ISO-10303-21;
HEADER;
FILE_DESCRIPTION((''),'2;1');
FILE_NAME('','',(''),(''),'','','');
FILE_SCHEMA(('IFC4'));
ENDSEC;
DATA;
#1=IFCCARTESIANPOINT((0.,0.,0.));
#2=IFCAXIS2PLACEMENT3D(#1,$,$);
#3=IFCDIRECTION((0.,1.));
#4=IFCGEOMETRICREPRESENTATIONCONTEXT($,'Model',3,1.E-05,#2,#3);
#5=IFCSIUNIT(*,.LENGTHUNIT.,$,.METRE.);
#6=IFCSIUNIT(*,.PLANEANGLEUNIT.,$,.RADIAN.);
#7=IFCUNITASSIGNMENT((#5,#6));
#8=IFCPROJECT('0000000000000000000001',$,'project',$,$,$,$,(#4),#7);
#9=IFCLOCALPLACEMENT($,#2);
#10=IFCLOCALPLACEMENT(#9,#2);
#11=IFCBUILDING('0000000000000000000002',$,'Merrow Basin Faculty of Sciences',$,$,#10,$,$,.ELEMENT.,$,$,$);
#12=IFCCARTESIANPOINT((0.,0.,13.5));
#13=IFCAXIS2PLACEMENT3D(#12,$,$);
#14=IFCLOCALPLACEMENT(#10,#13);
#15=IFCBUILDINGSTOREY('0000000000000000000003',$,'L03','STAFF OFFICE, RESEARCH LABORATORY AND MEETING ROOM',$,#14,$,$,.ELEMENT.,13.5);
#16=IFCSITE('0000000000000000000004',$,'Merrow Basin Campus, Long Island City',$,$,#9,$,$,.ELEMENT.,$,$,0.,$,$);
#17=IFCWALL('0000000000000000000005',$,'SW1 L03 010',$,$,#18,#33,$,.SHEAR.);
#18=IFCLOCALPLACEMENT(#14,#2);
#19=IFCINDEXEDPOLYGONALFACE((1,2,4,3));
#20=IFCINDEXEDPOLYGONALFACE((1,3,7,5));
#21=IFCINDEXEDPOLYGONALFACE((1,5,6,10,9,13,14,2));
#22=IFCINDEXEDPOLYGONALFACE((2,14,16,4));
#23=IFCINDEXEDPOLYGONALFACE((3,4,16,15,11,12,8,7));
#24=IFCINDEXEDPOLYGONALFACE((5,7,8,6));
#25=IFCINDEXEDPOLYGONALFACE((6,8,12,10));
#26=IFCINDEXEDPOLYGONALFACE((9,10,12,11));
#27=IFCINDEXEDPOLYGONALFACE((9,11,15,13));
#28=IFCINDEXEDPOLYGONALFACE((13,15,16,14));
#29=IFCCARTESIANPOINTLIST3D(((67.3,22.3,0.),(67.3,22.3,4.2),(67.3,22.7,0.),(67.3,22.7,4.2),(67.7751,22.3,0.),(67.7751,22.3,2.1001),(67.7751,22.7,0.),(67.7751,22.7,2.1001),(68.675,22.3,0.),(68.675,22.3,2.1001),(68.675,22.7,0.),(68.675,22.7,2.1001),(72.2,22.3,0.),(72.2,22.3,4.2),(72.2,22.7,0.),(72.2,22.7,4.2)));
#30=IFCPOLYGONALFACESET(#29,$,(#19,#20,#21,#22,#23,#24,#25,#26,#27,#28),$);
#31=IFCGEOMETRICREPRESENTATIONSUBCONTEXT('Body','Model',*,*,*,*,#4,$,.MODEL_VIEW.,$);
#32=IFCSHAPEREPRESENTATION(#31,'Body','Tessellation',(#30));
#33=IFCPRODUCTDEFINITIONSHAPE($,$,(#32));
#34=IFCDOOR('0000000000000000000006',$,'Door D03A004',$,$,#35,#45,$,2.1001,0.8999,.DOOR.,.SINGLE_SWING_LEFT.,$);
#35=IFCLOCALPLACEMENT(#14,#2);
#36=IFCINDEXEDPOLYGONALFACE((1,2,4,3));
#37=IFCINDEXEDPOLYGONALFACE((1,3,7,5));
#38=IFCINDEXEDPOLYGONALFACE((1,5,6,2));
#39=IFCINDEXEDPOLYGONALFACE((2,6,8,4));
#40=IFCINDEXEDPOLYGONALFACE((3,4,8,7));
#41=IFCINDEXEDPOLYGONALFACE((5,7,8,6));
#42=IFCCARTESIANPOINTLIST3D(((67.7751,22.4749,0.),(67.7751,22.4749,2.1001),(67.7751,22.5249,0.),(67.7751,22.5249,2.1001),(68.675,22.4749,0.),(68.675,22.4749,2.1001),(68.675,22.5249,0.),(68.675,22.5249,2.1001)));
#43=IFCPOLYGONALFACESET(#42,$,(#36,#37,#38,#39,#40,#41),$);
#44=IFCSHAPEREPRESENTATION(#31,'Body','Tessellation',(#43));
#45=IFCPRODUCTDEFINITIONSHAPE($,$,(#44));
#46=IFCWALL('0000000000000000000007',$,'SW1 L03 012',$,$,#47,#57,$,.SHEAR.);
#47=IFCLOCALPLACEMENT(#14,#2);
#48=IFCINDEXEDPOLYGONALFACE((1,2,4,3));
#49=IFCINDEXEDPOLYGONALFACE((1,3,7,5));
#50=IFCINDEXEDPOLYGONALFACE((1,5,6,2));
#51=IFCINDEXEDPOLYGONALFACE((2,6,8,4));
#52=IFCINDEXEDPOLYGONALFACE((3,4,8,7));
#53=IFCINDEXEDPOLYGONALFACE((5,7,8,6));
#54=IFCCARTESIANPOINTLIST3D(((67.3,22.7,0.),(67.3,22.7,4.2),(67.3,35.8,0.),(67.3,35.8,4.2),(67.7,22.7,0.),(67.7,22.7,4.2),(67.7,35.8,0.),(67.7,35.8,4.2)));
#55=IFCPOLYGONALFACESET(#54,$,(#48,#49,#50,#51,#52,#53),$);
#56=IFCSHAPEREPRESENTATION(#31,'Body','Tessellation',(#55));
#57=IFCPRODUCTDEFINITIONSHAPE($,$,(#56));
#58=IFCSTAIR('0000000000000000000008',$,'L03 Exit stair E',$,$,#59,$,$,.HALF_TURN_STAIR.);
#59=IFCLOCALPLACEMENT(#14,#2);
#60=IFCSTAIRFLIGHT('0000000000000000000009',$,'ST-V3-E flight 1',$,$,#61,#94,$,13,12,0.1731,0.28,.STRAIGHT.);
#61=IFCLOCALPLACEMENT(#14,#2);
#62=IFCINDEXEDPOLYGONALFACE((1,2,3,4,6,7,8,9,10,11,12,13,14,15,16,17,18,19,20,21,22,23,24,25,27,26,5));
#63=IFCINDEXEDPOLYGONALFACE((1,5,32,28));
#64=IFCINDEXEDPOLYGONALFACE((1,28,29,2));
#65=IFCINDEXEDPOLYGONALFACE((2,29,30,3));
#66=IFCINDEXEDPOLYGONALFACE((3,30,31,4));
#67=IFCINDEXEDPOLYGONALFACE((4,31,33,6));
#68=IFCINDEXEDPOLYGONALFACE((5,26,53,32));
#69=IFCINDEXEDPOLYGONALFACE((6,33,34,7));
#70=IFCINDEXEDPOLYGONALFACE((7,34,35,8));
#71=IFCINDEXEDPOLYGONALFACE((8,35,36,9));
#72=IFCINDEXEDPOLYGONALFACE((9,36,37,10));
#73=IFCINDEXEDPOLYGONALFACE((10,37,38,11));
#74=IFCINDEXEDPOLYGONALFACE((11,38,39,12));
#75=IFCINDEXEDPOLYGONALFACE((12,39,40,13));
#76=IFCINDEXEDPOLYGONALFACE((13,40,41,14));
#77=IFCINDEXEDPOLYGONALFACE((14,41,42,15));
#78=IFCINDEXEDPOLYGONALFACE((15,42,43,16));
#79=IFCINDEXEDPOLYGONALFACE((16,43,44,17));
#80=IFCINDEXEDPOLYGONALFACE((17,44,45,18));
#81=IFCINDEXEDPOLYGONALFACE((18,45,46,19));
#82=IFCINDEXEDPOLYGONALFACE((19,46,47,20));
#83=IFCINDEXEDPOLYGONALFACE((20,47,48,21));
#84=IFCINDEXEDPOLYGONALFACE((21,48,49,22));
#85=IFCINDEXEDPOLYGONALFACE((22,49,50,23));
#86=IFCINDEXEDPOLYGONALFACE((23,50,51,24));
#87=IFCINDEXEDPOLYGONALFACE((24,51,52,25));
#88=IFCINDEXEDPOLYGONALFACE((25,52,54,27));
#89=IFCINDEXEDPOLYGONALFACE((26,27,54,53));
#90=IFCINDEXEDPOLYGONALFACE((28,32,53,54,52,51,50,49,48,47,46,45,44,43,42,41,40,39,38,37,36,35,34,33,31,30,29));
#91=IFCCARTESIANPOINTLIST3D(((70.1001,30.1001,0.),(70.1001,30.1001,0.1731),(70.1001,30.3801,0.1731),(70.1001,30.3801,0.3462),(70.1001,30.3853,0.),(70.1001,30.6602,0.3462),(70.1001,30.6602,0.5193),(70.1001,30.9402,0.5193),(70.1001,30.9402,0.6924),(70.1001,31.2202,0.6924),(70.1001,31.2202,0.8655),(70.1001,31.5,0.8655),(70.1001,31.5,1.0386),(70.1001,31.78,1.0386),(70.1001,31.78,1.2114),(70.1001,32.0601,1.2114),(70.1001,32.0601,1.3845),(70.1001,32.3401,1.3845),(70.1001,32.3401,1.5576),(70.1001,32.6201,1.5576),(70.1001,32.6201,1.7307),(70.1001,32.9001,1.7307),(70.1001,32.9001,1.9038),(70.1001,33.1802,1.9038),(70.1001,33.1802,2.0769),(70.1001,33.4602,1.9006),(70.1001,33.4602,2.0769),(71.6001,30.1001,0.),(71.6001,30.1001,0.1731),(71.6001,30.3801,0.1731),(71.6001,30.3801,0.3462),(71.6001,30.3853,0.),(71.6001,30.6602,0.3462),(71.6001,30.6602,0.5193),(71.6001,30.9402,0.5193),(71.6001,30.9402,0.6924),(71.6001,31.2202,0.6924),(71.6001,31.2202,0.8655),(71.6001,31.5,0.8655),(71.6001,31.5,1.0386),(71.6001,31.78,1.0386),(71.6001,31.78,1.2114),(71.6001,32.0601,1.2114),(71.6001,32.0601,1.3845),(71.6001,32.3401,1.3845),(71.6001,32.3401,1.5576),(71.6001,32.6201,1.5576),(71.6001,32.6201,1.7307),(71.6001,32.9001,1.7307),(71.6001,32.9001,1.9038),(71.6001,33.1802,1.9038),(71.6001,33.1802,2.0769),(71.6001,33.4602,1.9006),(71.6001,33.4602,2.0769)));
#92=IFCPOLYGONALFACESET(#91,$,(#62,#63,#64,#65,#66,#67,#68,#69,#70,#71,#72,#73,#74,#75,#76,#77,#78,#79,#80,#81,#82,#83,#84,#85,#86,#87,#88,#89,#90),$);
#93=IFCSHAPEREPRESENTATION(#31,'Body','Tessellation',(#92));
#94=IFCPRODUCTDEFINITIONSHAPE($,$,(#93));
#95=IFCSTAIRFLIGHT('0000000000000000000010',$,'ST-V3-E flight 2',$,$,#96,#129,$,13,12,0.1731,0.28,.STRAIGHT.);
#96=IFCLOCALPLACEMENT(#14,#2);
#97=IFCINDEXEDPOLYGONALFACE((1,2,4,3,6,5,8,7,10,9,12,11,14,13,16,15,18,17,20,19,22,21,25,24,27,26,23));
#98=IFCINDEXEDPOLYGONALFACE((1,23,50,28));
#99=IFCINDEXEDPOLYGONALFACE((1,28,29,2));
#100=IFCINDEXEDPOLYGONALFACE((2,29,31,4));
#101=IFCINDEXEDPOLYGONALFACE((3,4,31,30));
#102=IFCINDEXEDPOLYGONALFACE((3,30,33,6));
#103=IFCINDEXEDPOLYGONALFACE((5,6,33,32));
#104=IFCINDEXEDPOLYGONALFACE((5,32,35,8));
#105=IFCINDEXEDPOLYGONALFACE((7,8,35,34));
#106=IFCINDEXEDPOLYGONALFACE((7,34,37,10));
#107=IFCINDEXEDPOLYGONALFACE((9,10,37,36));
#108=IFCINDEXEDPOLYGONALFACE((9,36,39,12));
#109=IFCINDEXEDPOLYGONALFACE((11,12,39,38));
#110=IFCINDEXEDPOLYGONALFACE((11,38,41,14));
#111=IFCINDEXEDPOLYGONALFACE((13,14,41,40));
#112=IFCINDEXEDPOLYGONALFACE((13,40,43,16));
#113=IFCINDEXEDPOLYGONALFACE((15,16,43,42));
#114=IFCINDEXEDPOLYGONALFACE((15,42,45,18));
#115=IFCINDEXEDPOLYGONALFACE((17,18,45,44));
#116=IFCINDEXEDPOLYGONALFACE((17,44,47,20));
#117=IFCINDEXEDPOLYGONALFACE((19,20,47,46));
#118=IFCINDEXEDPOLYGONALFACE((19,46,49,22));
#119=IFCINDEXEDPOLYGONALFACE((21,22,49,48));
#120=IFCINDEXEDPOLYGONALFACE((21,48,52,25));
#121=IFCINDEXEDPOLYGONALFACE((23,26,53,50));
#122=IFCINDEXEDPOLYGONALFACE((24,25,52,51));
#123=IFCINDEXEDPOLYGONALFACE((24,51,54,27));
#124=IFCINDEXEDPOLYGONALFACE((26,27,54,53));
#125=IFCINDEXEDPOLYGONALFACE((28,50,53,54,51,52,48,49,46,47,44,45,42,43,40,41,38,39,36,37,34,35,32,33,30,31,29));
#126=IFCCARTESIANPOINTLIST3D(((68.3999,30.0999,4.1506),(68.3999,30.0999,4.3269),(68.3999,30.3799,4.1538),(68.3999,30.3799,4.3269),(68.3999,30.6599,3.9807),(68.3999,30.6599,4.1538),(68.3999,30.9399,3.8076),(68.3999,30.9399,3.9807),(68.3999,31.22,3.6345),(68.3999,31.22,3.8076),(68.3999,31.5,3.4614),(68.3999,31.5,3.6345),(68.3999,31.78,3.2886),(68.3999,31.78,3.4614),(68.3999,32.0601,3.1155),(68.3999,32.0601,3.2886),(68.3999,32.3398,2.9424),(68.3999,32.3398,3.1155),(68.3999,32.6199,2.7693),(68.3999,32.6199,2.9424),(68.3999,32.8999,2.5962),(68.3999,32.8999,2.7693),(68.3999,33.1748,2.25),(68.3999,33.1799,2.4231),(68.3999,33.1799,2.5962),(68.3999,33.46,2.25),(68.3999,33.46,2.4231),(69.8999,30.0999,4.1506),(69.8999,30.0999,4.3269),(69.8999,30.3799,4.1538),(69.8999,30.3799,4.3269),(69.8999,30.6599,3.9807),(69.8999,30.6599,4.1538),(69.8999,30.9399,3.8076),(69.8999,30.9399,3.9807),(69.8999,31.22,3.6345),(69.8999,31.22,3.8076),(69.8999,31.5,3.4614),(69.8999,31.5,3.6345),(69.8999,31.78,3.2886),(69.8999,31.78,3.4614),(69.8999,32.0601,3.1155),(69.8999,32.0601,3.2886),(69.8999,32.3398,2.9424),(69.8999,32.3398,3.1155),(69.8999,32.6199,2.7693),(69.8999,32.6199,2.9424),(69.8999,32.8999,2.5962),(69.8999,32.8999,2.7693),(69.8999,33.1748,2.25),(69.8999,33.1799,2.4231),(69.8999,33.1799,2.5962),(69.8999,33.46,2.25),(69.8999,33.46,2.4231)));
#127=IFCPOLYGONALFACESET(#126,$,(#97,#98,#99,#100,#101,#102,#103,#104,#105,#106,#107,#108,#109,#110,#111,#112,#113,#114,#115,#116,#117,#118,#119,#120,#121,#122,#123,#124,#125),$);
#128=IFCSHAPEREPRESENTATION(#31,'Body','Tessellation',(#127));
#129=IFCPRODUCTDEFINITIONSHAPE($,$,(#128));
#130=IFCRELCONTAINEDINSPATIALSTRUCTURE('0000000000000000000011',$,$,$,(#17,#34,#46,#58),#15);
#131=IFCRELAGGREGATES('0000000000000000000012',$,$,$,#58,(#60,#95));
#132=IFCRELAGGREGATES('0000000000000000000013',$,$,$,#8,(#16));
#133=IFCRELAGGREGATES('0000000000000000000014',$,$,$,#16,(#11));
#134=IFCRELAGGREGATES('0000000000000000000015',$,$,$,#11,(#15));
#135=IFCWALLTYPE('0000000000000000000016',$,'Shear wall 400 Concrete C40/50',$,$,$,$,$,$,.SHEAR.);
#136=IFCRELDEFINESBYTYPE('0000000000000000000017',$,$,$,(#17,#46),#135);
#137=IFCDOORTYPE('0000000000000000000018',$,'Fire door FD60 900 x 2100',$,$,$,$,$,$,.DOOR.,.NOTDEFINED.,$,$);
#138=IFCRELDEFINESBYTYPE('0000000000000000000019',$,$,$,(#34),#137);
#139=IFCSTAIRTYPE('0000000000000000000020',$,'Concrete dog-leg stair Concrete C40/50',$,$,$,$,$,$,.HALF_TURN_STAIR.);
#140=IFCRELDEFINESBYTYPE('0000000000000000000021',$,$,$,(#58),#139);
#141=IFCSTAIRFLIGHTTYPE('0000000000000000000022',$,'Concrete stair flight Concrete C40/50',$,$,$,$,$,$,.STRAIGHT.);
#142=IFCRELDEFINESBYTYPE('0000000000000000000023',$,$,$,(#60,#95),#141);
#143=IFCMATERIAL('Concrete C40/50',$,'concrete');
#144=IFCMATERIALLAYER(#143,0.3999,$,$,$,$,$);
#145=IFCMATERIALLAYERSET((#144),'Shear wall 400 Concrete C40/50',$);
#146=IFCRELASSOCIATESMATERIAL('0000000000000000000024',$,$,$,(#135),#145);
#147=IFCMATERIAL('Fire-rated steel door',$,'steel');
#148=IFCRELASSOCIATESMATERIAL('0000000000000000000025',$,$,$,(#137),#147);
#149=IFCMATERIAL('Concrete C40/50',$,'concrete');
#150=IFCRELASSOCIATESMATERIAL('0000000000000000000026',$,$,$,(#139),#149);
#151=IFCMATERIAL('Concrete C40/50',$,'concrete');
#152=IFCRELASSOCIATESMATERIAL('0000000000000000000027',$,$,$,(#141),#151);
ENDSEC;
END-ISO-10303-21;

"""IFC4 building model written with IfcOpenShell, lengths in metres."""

from ifc_helpers import new_model, si_unit, direction, frame, frame_2d, origin, place, context, subcontext, project, spatial, polyline, rectangle, outline, extrude, material, layer, layer_set, type_object, element, fill, aggregate, save


model = new_model("IFC4")

# Units and contexts
model_context = context("Model", 3, precision=1e-05, world=origin(), true_north=direction((0.0, 1.0)))
body_context = subcontext(model_context, "Body", "Model", "MODEL_VIEW")
ifc_project = project(units=[si_unit("LENGTHUNIT", "METRE"), si_unit("PLANEANGLEUNIT", "RADIAN")], contexts=[model_context])

# Site, building, storey
site_placement = place(None, origin())
site = spatial("IfcSite", under=ifc_project, at=site_placement, Name="Merrow Basin Campus, Long Island City", CompositionType="ELEMENT", RefElevation=0.0)
building_placement = place(site_placement, origin())
building = spatial("IfcBuilding", under=site, at=building_placement, Name="Merrow Basin Faculty of Sciences", CompositionType="ELEMENT")
storey_placement = place(building_placement, frame((0.0, 0.0, 13.5)))
storey = spatial("IfcBuildingStorey", under=building, at=storey_placement, Name="L03", Description="STAFF OFFICE, RESEARCH LABORATORY AND MEETING ROOM", CompositionType="ELEMENT", Elevation=13.5)

# Wall, opening, door
ifc_material_1 = material(Name="Concrete C40/50", Category="concrete")
ifc_layer_1 = layer(ifc_material_1, 0.3999)
ifc_layer_set_1 = layer_set([ifc_layer_1], Name="Shear wall 400 Concrete C40/50")
wall_type_1 = type_object("IfcWallType", Name="Shear wall 400 Concrete C40/50", PredefinedType="SHEAR", material=ifc_layer_set_1)
wall_1_placement = place(storey_placement, frame((67.3, 22.5, 0.0), z_axis=(0.0, 0.0, 1.0), x_axis=(1.0, 0.0, 0.0)))
wall_1 = element("IfcWall", 1, at=wall_1_placement, inside=storey, type_object=wall_type_1, Name="SW1 L03 010", PredefinedType="SHEAR", context=body_context, shape_type="SweptSolid", body=[
    extrude(rectangle(XDim=4.8999, YDim=0.3999, at=frame_2d((2.45, 0.0))), origin(), (0.0, 0.0, 1.0), 4.2),
])
opening_1_placement = place(wall_1_placement, frame((0.4751, 0.0, 0.0)))
opening_1 = element("IfcOpeningElement", 2, at=opening_1_placement, cuts=wall_1, PredefinedType="OPENING", context=body_context, shape_type="SweptSolid", body=[
    extrude(rectangle(XDim=0.8999, YDim=2.1001, at=frame_2d((0.45, 1.05))), frame((0.0, 0.21, 0.0), z_axis=(0.0, -1.0, 0.0), x_axis=(1.0, 0.0, 0.0)), (0.0, 0.0, 1.0), 0.4199),
])
ifc_material_2 = material(Name="Fire-rated steel door", Category="steel")
door_type_1 = type_object("IfcDoorType", Name="Fire door FD60 900 x 2100", OperationType="NOTDEFINED", PredefinedType="DOOR", material=ifc_material_2)
door_1_placement = place(opening_1_placement, origin())
door_1 = element("IfcDoor", 3, at=door_1_placement, inside=storey, type_object=door_type_1, Name="Door D03A004", OperationType="SINGLE_SWING_LEFT", OverallHeight=2.1001, OverallWidth=0.8999, PredefinedType="DOOR", context=body_context, shape_type="SweptSolid", body=[
    extrude(rectangle(XDim=0.8999, YDim=2.1001, at=frame_2d((0.45, 1.05))), frame((0.0, 0.0249, 0.0), z_axis=(0.0, -1.0, 0.0), x_axis=(1.0, 0.0, 0.0)), (0.0, 0.0, 1.0), 0.05),
])
fill(opening_1, door_1)

# Wall
wall_2_placement = place(storey_placement, frame((67.5, 22.7, 0.0), z_axis=(0.0, 0.0, 1.0), x_axis=(0.0, 1.0, 0.0)))
element("IfcWall", 4, at=wall_2_placement, inside=storey, type_object=wall_type_1, Name="SW1 L03 012", PredefinedType="SHEAR", context=body_context, shape_type="SweptSolid", body=[
    extrude(rectangle(XDim=13.1001, YDim=0.3999, at=frame_2d((6.55, 0.0))), origin(), (0.0, 0.0, 1.0), 4.2),
])

# Stair, stair flights
ifc_material_3 = material(Name="Concrete C40/50", Category="concrete")
stair_type = type_object("IfcStairType", Name="Concrete dog-leg stair Concrete C40/50", PredefinedType="HALF_TURN_STAIR", material=ifc_material_3)
stair_placement = place(storey_placement, origin())
stair = element("IfcStair", 5, at=stair_placement, inside=storey, type_object=stair_type, Name="L03 Exit stair E", PredefinedType="HALF_TURN_STAIR")
ifc_material_4 = material(Name="Concrete C40/50", Category="concrete")
stair_flight_type = type_object("IfcStairFlightType", Name="Concrete stair flight Concrete C40/50", PredefinedType="STRAIGHT", material=ifc_material_4)
stair_flight_1_placement = place(storey_placement, frame((70.8501, 30.1001, 0.0), z_axis=(0.0, 0.0, 1.0), x_axis=(0.0, 1.0, 0.0)))
stair_flight_1 = element("IfcStairFlight", 6, at=stair_flight_1_placement, type_object=stair_flight_type, Name="ST-V3-E flight 1", NumberOfRisers=13, NumberOfTreads=12, PredefinedType="STRAIGHT", RiserHeight=0.1731, TreadLength=0.28, context=body_context, shape_type="SweptSolid", body=[
    extrude(outline(polyline([(0.0, 0.0), (0.0, 0.1731), (0.28, 0.1731), (0.28, 0.3462), (0.5601, 0.3462), (0.5601, 0.5193), (0.8401, 0.5193), (0.8401, 0.6924), (1.1201, 0.6924), (1.1201, 0.8655), (1.3999, 0.8655), (1.3999, 1.0386), (1.6799, 1.0386), (1.6799, 1.2114), (1.96, 1.2114), (1.96, 1.3845), (2.24, 1.3845), (2.24, 1.5576), (2.52, 1.5576), (2.52, 1.7307), (2.8, 1.7307), (2.8, 1.9038), (3.0801, 1.9038), (3.0801, 2.0769), (3.3601, 2.0769), (3.3601, 2.25), (3.3601, 1.9006), (0.2852, 0.0), (0.0, 0.0)])), frame((0.0, 0.75, 0.0), z_axis=(0.0, -1.0, 0.0), x_axis=(1.0, 0.0, 0.0)), (0.0, 0.0, 1.0), 1.5),
])
stair_flight_2_placement = place(storey_placement, frame((69.1499, 33.46, 2.25), z_axis=(0.0, 0.0, 1.0), x_axis=(0.0, -1.0, 0.0)))
stair_flight_2 = element("IfcStairFlight", 7, at=stair_flight_2_placement, type_object=stair_flight_type, Name="ST-V3-E flight 2", NumberOfRisers=13, NumberOfTreads=12, PredefinedType="STRAIGHT", RiserHeight=0.1731, TreadLength=0.28, context=body_context, shape_type="SweptSolid", body=[
    extrude(outline(polyline([(0.0, 0.0), (0.0, 0.1731), (0.28, 0.1731), (0.28, 0.3462), (0.5601, 0.3462), (0.5601, 0.5193), (0.8401, 0.5193), (0.8401, 0.6924), (1.1201, 0.6924), (1.1201, 0.8655), (1.3999, 0.8655), (1.3999, 1.0386), (1.6799, 1.0386), (1.6799, 1.2114), (1.96, 1.2114), (1.96, 1.3845), (2.24, 1.3845), (2.24, 1.5576), (2.52, 1.5576), (2.52, 1.7307), (2.8, 1.7307), (2.8, 1.9038), (3.0801, 1.9038), (3.0801, 2.0769), (3.3601, 2.0769), (3.3601, 2.25), (3.3601, 1.9006), (0.2852, 0.0), (0.0, 0.0)])), frame((0.0, 0.75, 0.0), z_axis=(0.0, -1.0, 0.0), x_axis=(1.0, 0.0, 0.0)), (0.0, 0.0, 1.0), 1.5),
])
aggregate(stair, [stair_flight_1, stair_flight_2])

save(model, "model.ifc")
